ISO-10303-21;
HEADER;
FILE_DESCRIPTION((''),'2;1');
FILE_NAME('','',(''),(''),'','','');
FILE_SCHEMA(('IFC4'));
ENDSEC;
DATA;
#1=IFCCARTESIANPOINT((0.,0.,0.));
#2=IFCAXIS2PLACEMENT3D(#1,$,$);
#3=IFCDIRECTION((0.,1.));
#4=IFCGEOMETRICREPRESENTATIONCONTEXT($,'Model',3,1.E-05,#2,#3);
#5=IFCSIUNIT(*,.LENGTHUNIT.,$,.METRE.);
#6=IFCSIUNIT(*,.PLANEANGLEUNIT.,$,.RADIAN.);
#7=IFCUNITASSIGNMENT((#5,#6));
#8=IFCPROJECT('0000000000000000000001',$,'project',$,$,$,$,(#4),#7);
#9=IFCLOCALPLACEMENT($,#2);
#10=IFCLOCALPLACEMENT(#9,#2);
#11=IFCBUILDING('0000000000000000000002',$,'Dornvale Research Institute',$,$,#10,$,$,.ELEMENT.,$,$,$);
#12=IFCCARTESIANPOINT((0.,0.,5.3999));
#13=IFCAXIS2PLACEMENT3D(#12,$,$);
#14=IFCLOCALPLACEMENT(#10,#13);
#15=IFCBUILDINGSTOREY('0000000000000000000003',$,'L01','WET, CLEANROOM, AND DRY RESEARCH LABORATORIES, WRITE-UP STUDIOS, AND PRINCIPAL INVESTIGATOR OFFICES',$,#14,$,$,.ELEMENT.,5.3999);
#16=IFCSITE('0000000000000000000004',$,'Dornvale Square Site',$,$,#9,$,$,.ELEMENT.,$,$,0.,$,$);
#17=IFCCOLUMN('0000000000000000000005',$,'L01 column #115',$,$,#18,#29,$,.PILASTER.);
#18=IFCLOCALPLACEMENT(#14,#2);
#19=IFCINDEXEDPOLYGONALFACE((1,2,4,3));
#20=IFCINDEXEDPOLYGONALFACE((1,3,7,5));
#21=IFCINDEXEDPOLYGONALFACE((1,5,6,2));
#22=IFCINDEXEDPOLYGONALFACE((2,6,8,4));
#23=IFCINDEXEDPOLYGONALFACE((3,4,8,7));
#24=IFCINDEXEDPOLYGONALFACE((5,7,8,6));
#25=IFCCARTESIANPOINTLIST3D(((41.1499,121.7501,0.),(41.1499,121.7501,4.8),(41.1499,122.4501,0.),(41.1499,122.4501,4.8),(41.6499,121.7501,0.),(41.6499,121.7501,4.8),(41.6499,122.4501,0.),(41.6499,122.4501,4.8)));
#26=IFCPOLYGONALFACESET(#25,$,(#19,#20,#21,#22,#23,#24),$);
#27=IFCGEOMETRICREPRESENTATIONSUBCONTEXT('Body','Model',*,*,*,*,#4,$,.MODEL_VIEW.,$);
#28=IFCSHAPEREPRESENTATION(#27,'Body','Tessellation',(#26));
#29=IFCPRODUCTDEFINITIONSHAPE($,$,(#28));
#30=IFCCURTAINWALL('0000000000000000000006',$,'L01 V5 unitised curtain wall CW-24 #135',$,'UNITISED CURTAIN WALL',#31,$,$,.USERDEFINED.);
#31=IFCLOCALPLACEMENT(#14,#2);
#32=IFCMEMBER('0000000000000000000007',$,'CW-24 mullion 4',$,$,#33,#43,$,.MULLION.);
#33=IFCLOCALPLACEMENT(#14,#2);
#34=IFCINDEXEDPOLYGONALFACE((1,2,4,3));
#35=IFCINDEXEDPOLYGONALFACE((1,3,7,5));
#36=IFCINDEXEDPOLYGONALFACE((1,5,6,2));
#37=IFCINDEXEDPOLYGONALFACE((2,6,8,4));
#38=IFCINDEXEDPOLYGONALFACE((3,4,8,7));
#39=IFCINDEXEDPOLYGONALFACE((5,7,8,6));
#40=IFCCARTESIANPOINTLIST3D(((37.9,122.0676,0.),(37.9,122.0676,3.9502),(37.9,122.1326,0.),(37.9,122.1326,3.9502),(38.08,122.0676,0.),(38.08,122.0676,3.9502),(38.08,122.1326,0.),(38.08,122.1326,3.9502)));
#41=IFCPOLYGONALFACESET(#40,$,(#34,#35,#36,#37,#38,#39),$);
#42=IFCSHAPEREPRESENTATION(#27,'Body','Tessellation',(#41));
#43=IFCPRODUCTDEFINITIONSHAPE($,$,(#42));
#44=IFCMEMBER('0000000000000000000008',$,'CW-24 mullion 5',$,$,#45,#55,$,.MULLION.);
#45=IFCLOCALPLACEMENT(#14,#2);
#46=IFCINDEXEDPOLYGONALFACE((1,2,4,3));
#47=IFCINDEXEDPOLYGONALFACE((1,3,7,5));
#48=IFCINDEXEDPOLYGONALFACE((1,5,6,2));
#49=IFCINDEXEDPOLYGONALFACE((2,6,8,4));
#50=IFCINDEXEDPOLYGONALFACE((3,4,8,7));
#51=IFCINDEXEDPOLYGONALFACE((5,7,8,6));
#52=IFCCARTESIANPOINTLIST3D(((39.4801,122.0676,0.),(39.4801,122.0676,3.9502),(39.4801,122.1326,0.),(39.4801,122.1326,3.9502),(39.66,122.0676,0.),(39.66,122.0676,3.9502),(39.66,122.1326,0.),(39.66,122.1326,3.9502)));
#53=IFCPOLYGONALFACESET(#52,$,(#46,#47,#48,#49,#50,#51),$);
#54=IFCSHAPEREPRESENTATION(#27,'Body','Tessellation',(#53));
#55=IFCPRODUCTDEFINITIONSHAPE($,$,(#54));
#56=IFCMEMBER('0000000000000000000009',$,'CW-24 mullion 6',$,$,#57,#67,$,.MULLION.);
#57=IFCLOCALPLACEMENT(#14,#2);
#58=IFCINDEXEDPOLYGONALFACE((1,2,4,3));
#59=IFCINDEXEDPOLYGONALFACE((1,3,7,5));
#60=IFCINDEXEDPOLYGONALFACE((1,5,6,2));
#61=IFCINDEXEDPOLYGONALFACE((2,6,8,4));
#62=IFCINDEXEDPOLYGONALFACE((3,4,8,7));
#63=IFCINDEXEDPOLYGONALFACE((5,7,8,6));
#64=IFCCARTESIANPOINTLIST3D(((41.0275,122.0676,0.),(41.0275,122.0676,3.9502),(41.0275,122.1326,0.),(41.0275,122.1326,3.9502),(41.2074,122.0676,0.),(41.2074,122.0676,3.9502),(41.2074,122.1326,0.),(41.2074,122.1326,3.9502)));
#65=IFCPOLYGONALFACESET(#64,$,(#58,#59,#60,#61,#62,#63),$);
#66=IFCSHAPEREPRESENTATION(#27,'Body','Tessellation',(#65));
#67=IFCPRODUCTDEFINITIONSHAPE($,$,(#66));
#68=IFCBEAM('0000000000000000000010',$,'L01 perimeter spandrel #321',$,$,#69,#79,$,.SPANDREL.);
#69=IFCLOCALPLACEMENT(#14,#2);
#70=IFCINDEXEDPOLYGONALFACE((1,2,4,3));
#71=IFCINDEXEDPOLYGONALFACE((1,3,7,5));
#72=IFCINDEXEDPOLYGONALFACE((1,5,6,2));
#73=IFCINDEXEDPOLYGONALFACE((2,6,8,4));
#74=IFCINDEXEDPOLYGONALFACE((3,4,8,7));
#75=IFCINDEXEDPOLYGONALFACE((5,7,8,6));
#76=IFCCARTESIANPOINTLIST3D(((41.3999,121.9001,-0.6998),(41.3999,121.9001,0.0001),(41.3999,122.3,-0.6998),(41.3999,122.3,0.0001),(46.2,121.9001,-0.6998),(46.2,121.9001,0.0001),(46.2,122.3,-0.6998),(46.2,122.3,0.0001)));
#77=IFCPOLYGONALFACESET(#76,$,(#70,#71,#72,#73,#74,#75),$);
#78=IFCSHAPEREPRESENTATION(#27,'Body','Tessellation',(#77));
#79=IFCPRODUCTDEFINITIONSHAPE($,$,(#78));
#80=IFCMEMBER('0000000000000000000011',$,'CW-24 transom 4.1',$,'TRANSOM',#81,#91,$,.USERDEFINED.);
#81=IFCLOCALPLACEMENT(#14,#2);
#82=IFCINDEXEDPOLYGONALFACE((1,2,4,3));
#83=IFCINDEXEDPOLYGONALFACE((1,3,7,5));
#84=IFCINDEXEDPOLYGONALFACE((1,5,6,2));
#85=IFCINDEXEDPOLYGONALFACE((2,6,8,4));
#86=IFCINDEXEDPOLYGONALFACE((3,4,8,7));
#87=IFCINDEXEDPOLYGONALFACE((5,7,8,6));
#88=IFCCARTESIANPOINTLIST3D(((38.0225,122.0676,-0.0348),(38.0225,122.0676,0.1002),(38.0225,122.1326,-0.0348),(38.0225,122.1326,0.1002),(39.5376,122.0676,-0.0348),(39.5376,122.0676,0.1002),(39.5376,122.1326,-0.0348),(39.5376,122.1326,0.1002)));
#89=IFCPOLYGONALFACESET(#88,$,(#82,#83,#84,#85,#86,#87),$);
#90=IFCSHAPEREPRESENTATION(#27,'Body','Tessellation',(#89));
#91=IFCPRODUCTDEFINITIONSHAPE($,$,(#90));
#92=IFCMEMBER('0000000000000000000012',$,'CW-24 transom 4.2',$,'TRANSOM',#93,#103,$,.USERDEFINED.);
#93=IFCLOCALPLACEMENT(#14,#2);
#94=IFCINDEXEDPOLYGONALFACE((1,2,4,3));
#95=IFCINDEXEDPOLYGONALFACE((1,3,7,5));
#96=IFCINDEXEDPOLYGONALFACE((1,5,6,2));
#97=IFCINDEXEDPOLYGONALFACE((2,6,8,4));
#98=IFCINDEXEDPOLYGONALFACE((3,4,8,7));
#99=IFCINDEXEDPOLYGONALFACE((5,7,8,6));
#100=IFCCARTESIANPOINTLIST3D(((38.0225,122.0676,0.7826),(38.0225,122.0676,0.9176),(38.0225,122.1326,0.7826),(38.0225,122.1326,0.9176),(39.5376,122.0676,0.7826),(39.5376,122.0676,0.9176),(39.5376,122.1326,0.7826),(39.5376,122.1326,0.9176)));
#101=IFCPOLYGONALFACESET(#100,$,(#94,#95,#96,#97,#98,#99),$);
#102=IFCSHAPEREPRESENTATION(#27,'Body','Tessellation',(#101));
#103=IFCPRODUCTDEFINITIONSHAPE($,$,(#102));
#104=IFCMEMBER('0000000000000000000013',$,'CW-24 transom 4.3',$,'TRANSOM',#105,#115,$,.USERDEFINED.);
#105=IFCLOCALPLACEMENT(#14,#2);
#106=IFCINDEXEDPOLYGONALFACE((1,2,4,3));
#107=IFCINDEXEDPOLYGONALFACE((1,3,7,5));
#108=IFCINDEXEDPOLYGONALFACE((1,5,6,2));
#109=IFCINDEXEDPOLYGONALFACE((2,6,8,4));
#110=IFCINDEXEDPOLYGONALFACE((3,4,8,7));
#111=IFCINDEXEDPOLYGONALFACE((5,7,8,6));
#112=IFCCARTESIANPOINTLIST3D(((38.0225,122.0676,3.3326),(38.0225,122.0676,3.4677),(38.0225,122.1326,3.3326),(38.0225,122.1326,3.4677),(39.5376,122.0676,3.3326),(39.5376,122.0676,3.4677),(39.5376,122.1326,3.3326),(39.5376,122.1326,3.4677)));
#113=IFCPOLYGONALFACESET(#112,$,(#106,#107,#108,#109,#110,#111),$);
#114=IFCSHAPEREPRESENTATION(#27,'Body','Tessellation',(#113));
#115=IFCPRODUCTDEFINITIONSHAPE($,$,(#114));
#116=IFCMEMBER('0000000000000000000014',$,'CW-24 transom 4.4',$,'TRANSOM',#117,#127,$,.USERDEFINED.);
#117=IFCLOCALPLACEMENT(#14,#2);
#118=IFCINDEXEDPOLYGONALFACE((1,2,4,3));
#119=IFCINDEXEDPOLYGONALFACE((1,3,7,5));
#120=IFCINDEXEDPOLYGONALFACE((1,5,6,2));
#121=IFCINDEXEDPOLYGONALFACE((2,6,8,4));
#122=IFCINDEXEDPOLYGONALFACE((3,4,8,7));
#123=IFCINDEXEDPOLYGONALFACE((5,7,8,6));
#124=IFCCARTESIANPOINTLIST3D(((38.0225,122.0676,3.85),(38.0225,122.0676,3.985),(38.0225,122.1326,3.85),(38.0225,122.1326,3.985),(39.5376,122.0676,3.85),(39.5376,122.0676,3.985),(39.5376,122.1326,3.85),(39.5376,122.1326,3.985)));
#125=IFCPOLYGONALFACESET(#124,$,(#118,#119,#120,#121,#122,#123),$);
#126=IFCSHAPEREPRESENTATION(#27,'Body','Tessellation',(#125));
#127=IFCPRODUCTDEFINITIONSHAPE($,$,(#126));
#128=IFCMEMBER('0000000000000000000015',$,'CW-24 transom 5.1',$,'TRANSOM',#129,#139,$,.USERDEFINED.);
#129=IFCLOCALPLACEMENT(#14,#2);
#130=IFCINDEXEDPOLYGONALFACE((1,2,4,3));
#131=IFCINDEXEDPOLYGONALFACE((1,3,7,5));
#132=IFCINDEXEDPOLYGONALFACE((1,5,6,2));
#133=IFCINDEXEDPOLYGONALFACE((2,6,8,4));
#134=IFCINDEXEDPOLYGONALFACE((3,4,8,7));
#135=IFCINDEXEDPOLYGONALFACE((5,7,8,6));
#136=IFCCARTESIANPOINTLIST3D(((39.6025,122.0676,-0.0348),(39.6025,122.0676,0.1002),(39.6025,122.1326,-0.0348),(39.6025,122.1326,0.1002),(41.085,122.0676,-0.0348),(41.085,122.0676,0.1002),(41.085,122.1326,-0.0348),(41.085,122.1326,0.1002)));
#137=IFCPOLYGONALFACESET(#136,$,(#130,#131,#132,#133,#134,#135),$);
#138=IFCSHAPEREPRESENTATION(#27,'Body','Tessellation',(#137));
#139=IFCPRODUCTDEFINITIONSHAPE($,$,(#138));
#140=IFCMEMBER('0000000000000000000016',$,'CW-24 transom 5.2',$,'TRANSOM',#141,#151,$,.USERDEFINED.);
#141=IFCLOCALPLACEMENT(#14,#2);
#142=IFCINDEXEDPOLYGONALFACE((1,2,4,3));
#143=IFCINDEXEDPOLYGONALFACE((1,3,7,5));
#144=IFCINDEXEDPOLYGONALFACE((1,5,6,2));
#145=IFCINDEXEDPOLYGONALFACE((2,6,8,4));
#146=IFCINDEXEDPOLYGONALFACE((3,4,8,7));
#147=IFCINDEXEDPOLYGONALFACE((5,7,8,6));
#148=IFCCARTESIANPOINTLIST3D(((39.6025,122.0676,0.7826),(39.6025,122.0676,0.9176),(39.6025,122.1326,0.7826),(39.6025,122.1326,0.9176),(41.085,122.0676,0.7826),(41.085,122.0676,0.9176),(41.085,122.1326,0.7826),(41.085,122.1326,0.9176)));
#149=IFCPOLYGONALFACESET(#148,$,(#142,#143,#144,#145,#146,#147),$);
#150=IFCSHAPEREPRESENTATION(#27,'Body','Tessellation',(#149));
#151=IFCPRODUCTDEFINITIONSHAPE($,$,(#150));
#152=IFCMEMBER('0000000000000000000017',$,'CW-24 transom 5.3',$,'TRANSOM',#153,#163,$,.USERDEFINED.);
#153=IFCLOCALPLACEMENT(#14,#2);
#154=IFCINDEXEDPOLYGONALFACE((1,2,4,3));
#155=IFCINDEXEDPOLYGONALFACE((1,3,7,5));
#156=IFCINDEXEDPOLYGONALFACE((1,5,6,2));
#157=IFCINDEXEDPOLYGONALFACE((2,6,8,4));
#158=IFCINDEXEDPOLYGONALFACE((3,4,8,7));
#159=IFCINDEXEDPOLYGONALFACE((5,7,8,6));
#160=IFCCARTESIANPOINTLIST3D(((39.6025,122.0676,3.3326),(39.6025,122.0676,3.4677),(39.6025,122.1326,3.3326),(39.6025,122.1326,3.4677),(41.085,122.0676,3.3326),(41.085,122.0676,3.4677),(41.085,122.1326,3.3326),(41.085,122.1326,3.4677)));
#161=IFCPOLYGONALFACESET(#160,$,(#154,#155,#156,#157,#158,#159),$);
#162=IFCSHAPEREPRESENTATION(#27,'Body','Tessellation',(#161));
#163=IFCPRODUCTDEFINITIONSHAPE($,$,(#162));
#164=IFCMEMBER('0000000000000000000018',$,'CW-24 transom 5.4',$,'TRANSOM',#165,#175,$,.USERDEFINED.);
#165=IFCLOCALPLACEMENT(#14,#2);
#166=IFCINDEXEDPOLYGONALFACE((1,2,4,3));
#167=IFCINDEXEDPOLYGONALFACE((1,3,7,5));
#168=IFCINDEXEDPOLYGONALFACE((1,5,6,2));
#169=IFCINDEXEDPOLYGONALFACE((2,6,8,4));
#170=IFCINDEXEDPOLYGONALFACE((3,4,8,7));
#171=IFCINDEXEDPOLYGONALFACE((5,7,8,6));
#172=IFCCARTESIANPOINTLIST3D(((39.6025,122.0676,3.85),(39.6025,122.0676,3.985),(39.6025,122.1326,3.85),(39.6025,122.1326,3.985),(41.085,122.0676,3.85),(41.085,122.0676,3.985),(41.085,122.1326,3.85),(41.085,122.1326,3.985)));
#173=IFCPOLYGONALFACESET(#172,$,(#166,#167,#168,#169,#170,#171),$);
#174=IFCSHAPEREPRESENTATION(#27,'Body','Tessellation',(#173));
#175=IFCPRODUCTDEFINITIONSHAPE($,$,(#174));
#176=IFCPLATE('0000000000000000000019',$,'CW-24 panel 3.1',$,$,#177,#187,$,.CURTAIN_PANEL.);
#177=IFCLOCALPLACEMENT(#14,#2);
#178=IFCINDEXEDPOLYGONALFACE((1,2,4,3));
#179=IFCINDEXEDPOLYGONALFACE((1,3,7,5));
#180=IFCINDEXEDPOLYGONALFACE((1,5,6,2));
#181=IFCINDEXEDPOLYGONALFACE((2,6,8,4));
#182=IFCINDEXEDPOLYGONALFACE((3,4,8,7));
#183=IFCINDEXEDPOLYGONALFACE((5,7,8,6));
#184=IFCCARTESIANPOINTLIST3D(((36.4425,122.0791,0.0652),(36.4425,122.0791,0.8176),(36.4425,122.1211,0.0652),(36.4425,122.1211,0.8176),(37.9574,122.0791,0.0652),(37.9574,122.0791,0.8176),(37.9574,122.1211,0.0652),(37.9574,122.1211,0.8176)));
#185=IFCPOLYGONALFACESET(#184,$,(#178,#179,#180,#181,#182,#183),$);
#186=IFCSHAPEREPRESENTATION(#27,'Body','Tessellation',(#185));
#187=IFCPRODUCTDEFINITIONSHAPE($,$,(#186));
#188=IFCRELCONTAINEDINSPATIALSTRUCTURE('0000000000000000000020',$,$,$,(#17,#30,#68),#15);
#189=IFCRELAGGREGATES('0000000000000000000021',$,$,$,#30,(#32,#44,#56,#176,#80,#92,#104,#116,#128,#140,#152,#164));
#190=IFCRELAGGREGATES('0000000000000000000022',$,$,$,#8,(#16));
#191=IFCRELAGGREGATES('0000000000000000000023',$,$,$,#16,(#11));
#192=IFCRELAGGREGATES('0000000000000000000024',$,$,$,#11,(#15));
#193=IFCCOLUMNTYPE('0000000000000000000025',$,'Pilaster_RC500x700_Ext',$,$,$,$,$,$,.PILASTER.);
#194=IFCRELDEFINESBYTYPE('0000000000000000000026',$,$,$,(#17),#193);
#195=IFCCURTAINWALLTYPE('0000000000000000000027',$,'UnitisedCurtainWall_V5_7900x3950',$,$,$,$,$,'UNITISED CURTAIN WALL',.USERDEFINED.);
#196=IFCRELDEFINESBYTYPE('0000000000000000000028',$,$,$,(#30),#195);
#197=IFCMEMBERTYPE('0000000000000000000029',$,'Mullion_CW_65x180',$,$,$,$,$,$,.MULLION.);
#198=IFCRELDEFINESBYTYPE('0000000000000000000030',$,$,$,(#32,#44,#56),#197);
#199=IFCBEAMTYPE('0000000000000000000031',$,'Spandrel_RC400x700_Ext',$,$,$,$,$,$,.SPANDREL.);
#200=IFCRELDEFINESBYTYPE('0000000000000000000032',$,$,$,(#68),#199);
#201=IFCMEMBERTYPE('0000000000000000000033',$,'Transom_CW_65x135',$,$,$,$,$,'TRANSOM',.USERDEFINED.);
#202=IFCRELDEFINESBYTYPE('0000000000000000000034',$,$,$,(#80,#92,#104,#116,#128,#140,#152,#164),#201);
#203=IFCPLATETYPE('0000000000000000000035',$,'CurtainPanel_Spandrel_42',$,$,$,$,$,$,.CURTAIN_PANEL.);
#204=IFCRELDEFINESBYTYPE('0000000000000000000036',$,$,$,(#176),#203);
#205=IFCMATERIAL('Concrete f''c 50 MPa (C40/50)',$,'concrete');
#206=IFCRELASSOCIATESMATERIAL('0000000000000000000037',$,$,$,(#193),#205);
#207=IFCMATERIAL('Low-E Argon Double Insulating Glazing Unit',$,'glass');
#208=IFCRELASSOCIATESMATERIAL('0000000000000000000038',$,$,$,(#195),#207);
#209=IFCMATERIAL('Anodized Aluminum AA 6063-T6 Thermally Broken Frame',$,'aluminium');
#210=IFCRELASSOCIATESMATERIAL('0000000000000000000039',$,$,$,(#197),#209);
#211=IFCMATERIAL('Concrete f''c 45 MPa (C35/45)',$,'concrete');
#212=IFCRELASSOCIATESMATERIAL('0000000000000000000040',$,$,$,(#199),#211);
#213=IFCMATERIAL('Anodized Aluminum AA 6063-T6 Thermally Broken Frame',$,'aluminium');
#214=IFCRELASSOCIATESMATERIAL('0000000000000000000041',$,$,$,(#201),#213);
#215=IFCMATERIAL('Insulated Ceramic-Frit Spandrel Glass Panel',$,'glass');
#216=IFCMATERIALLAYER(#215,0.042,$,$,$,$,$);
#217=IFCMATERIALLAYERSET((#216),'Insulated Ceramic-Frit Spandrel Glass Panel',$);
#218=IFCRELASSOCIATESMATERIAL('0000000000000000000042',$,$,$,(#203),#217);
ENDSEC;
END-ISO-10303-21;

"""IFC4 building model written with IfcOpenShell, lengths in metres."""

from ifc_helpers import new_model, si_unit, direction, frame, origin, origin_2d, place, context, subcontext, project, spatial, rectangle, extrude, material, layer, layer_set, material_profile, profile_set, type_object, element, aggregate, save


model = new_model("IFC4")

# Units and contexts
model_context = context("Model", 3, precision=1e-05, world=origin(), true_north=direction((0.0, 1.0)))
body_context = subcontext(model_context, "Body", "Model", "MODEL_VIEW")
ifc_project = project(units=[si_unit("LENGTHUNIT", "METRE"), si_unit("PLANEANGLEUNIT", "RADIAN")], contexts=[model_context])

# Site, building, storey
site_placement = place(None, origin())
site = spatial("IfcSite", under=ifc_project, at=site_placement, Name="Dornvale Square Site", CompositionType="ELEMENT", RefElevation=0.0)
building_placement = place(site_placement, origin())
building = spatial("IfcBuilding", under=site, at=building_placement, Name="Dornvale Research Institute", CompositionType="ELEMENT")
storey_placement = place(building_placement, frame((0.0, 0.0, 5.3999)))
storey = spatial("IfcBuildingStorey", under=building, at=storey_placement, Name="L01", Description="WET, CLEANROOM, AND DRY RESEARCH LABORATORIES, WRITE-UP STUDIOS, AND PRINCIPAL INVESTIGATOR OFFICES", CompositionType="ELEMENT", Elevation=5.3999)

# Column
ifc_material_1 = material(Name="Concrete f'c 50 MPa (C40/50)", Category="concrete")
ifc_material_profile_1 = material_profile(ifc_material_1, rectangle(XDim=0.5, YDim=0.7, at=origin_2d()), Name="RC 500x700")
ifc_profile_set_1 = profile_set([ifc_material_profile_1], Name="Concrete f'c 50 MPa (C40/50)")
column_type = type_object("IfcColumnType", Name="Pilaster_RC500x700_Ext", PredefinedType="PILASTER", material=ifc_profile_set_1)
column_placement = place(storey_placement, frame((41.3999, 122.1001, 0.0), z_axis=(0.0, 0.0, 1.0), x_axis=(1.0, 0.0, 0.0)))
element("IfcColumn", 1, at=column_placement, inside=storey, type_object=column_type, Name="L01 column #115", PredefinedType="PILASTER", context=body_context, shape_type="SweptSolid", body=[
    extrude(rectangle(XDim=0.5, YDim=0.7, at=origin_2d()), origin(), (0.0, 0.0, 1.0), 4.8),
])

# Curtain wall, members
ifc_material_2 = material(Name="Low-E Argon Double Insulating Glazing Unit", Category="glass")
curtain_wall_type = type_object("IfcCurtainWallType", Name="UnitisedCurtainWall_V5_7900x3950", ElementType="UNITISED CURTAIN WALL", PredefinedType="USERDEFINED", material=ifc_material_2)
curtain_wall_placement = place(storey_placement, origin())
curtain_wall = element("IfcCurtainWall", 2, at=curtain_wall_placement, inside=storey, type_object=curtain_wall_type, Name="L01 V5 unitised curtain wall CW-24 #135", ObjectType="UNITISED CURTAIN WALL", PredefinedType="USERDEFINED")
ifc_material_3 = material(Name="Anodized Aluminum AA 6063-T6 Thermally Broken Frame", Category="aluminium")
ifc_material_profile_2 = material_profile(ifc_material_3, rectangle(XDim=0.0649, YDim=0.1799, at=origin_2d()), Name="ALU MULLION 65x180")
ifc_profile_set_2 = profile_set([ifc_material_profile_2], Name="Anodized Aluminum AA 6063-T6 Thermally Broken Frame")
member_type_1 = type_object("IfcMemberType", Name="Mullion_CW_65x180", PredefinedType="MULLION", material=ifc_profile_set_2)
member_1_placement = place(storey_placement, frame((37.99, 122.1001, 0.0), z_axis=(0.0, 0.0, 1.0), x_axis=(0.0, 1.0, 0.0)))
member_1 = element("IfcMember", 3, at=member_1_placement, type_object=member_type_1, Name="CW-24 mullion 4", PredefinedType="MULLION", context=body_context, shape_type="SweptSolid", body=[
    extrude(rectangle(XDim=0.0649, YDim=0.1799, at=origin_2d()), origin(), (0.0, 0.0, 1.0), 3.9502),
])
member_2_placement = place(storey_placement, frame((39.5701, 122.1001, 0.0), z_axis=(0.0, 0.0, 1.0), x_axis=(0.0, 1.0, 0.0)))
member_2 = element("IfcMember", 4, at=member_2_placement, type_object=member_type_1, Name="CW-24 mullion 5", PredefinedType="MULLION", context=body_context, shape_type="SweptSolid", body=[
    extrude(rectangle(XDim=0.0649, YDim=0.1799, at=origin_2d()), origin(), (0.0, 0.0, 1.0), 3.9502),
])
member_3_placement = place(storey_placement, frame((41.1174, 122.1001, 0.0), z_axis=(0.0, 0.0, 1.0), x_axis=(0.0, 1.0, 0.0)))
member_3 = element("IfcMember", 5, at=member_3_placement, type_object=member_type_1, Name="CW-24 mullion 6", PredefinedType="MULLION", context=body_context, shape_type="SweptSolid", body=[
    extrude(rectangle(XDim=0.0649, YDim=0.1799, at=origin_2d()), origin(), (0.0, 0.0, 1.0), 3.9502),
])

# Beam
ifc_material_4 = material(Name="Concrete f'c 45 MPa (C35/45)", Category="concrete")
ifc_material_profile_3 = material_profile(ifc_material_4, rectangle(XDim=0.3999, YDim=0.7, at=origin_2d()), Name="RC 400x700")
ifc_profile_set_3 = profile_set([ifc_material_profile_3], Name="Concrete f'c 45 MPa (C35/45)")
beam_type = type_object("IfcBeamType", Name="Spandrel_RC400x700_Ext", PredefinedType="SPANDREL", material=ifc_profile_set_3)
beam_placement = place(storey_placement, frame((41.3999, 122.1001, -0.3499), z_axis=(1.0, 0.0, 0.0), x_axis=(0.0, 1.0, 0.0)))
element("IfcBeam", 6, at=beam_placement, inside=storey, type_object=beam_type, Name="L01 perimeter spandrel #321", PredefinedType="SPANDREL", context=body_context, shape_type="SweptSolid", body=[
    extrude(rectangle(XDim=0.3999, YDim=0.7, at=origin_2d()), origin(), (0.0, 0.0, 1.0), 4.8),
])

# Members
ifc_material_5 = material(Name="Anodized Aluminum AA 6063-T6 Thermally Broken Frame", Category="aluminium")
ifc_material_profile_4 = material_profile(ifc_material_5, rectangle(XDim=0.0649, YDim=0.135, at=origin_2d()), Name="ALU TRANSOM 65x135")
ifc_profile_set_4 = profile_set([ifc_material_profile_4], Name="Anodized Aluminum AA 6063-T6 Thermally Broken Frame")
member_type_2 = type_object("IfcMemberType", Name="Transom_CW_65x135", ElementType="TRANSOM", PredefinedType="USERDEFINED", material=ifc_profile_set_4)
member_4_placement = place(storey_placement, frame((38.0225, 122.1001, 0.0327), z_axis=(1.0, 0.0, 0.0), x_axis=(0.0, 1.0, 0.0)))
member_4 = element("IfcMember", 7, at=member_4_placement, type_object=member_type_2, Name="CW-24 transom 4.1", ObjectType="TRANSOM", PredefinedType="USERDEFINED", context=body_context, shape_type="SweptSolid", body=[
    extrude(rectangle(XDim=0.0649, YDim=0.135, at=origin_2d()), origin(), (0.0, 0.0, 1.0), 1.5151),
])
member_5_placement = place(storey_placement, frame((38.0225, 122.1001, 0.8501), z_axis=(1.0, 0.0, 0.0), x_axis=(0.0, 1.0, 0.0)))
member_5 = element("IfcMember", 8, at=member_5_placement, type_object=member_type_2, Name="CW-24 transom 4.2", ObjectType="TRANSOM", PredefinedType="USERDEFINED", context=body_context, shape_type="SweptSolid", body=[
    extrude(rectangle(XDim=0.0649, YDim=0.135, at=origin_2d()), origin(), (0.0, 0.0, 1.0), 1.5151),
])
member_6_placement = place(storey_placement, frame((38.0225, 122.1001, 3.4001), z_axis=(1.0, 0.0, 0.0), x_axis=(0.0, 1.0, 0.0)))
member_6 = element("IfcMember", 9, at=member_6_placement, type_object=member_type_2, Name="CW-24 transom 4.3", ObjectType="TRANSOM", PredefinedType="USERDEFINED", context=body_context, shape_type="SweptSolid", body=[
    extrude(rectangle(XDim=0.0649, YDim=0.135, at=origin_2d()), origin(), (0.0, 0.0, 1.0), 1.5151),
])
member_7_placement = place(storey_placement, frame((38.0225, 122.1001, 3.9175), z_axis=(1.0, 0.0, 0.0), x_axis=(0.0, 1.0, 0.0)))
member_7 = element("IfcMember", 10, at=member_7_placement, type_object=member_type_2, Name="CW-24 transom 4.4", ObjectType="TRANSOM", PredefinedType="USERDEFINED", context=body_context, shape_type="SweptSolid", body=[
    extrude(rectangle(XDim=0.0649, YDim=0.135, at=origin_2d()), origin(), (0.0, 0.0, 1.0), 1.5151),
])
member_8_placement = place(storey_placement, frame((39.6025, 122.1001, 0.0327), z_axis=(1.0, 0.0, 0.0), x_axis=(0.0, 1.0, 0.0)))
member_8 = element("IfcMember", 11, at=member_8_placement, type_object=member_type_2, Name="CW-24 transom 5.1", ObjectType="TRANSOM", PredefinedType="USERDEFINED", context=body_context, shape_type="SweptSolid", body=[
    extrude(rectangle(XDim=0.0649, YDim=0.135, at=origin_2d()), origin(), (0.0, 0.0, 1.0), 1.4824),
])
member_9_placement = place(storey_placement, frame((39.6025, 122.1001, 0.8501), z_axis=(1.0, 0.0, 0.0), x_axis=(0.0, 1.0, 0.0)))
member_9 = element("IfcMember", 12, at=member_9_placement, type_object=member_type_2, Name="CW-24 transom 5.2", ObjectType="TRANSOM", PredefinedType="USERDEFINED", context=body_context, shape_type="SweptSolid", body=[
    extrude(rectangle(XDim=0.0649, YDim=0.135, at=origin_2d()), origin(), (0.0, 0.0, 1.0), 1.4824),
])
member_10_placement = place(storey_placement, frame((39.6025, 122.1001, 3.4001), z_axis=(1.0, 0.0, 0.0), x_axis=(0.0, 1.0, 0.0)))
member_10 = element("IfcMember", 13, at=member_10_placement, type_object=member_type_2, Name="CW-24 transom 5.3", ObjectType="TRANSOM", PredefinedType="USERDEFINED", context=body_context, shape_type="SweptSolid", body=[
    extrude(rectangle(XDim=0.0649, YDim=0.135, at=origin_2d()), origin(), (0.0, 0.0, 1.0), 1.4824),
])
member_11_placement = place(storey_placement, frame((39.6025, 122.1001, 3.9175), z_axis=(1.0, 0.0, 0.0), x_axis=(0.0, 1.0, 0.0)))
member_11 = element("IfcMember", 14, at=member_11_placement, type_object=member_type_2, Name="CW-24 transom 5.4", ObjectType="TRANSOM", PredefinedType="USERDEFINED", context=body_context, shape_type="SweptSolid", body=[
    extrude(rectangle(XDim=0.0649, YDim=0.135, at=origin_2d()), origin(), (0.0, 0.0, 1.0), 1.4824),
])

# Plate
ifc_material_6 = material(Name="Insulated Ceramic-Frit Spandrel Glass Panel", Category="glass")
ifc_layer_1 = layer(ifc_material_6, 0.042)
ifc_layer_set_1 = layer_set([ifc_layer_1], Name="Insulated Ceramic-Frit Spandrel Glass Panel")
plate_type_1 = type_object("IfcPlateType", Name="CurtainPanel_Spandrel_42", PredefinedType="CURTAIN_PANEL", material=ifc_layer_set_1)
plate_1_placement = place(storey_placement, frame((37.2, 122.1001, 0.0652), z_axis=(0.0, 0.0, 1.0), x_axis=(1.0, 0.0, 0.0)))
plate_1 = element("IfcPlate", 15, at=plate_1_placement, type_object=plate_type_1, Name="CW-24 panel 3.1", PredefinedType="CURTAIN_PANEL", context=body_context, shape_type="SweptSolid", body=[
    extrude(rectangle(XDim=1.5149, YDim=0.042, at=origin_2d()), origin(), (0.0, 0.0, 1.0), 0.7524),
])
aggregate(curtain_wall, [member_1, member_2, member_3, plate_1, member_4, member_5, member_6, member_7, member_8, member_9, member_10, member_11])

save(model, "model.ifc")
